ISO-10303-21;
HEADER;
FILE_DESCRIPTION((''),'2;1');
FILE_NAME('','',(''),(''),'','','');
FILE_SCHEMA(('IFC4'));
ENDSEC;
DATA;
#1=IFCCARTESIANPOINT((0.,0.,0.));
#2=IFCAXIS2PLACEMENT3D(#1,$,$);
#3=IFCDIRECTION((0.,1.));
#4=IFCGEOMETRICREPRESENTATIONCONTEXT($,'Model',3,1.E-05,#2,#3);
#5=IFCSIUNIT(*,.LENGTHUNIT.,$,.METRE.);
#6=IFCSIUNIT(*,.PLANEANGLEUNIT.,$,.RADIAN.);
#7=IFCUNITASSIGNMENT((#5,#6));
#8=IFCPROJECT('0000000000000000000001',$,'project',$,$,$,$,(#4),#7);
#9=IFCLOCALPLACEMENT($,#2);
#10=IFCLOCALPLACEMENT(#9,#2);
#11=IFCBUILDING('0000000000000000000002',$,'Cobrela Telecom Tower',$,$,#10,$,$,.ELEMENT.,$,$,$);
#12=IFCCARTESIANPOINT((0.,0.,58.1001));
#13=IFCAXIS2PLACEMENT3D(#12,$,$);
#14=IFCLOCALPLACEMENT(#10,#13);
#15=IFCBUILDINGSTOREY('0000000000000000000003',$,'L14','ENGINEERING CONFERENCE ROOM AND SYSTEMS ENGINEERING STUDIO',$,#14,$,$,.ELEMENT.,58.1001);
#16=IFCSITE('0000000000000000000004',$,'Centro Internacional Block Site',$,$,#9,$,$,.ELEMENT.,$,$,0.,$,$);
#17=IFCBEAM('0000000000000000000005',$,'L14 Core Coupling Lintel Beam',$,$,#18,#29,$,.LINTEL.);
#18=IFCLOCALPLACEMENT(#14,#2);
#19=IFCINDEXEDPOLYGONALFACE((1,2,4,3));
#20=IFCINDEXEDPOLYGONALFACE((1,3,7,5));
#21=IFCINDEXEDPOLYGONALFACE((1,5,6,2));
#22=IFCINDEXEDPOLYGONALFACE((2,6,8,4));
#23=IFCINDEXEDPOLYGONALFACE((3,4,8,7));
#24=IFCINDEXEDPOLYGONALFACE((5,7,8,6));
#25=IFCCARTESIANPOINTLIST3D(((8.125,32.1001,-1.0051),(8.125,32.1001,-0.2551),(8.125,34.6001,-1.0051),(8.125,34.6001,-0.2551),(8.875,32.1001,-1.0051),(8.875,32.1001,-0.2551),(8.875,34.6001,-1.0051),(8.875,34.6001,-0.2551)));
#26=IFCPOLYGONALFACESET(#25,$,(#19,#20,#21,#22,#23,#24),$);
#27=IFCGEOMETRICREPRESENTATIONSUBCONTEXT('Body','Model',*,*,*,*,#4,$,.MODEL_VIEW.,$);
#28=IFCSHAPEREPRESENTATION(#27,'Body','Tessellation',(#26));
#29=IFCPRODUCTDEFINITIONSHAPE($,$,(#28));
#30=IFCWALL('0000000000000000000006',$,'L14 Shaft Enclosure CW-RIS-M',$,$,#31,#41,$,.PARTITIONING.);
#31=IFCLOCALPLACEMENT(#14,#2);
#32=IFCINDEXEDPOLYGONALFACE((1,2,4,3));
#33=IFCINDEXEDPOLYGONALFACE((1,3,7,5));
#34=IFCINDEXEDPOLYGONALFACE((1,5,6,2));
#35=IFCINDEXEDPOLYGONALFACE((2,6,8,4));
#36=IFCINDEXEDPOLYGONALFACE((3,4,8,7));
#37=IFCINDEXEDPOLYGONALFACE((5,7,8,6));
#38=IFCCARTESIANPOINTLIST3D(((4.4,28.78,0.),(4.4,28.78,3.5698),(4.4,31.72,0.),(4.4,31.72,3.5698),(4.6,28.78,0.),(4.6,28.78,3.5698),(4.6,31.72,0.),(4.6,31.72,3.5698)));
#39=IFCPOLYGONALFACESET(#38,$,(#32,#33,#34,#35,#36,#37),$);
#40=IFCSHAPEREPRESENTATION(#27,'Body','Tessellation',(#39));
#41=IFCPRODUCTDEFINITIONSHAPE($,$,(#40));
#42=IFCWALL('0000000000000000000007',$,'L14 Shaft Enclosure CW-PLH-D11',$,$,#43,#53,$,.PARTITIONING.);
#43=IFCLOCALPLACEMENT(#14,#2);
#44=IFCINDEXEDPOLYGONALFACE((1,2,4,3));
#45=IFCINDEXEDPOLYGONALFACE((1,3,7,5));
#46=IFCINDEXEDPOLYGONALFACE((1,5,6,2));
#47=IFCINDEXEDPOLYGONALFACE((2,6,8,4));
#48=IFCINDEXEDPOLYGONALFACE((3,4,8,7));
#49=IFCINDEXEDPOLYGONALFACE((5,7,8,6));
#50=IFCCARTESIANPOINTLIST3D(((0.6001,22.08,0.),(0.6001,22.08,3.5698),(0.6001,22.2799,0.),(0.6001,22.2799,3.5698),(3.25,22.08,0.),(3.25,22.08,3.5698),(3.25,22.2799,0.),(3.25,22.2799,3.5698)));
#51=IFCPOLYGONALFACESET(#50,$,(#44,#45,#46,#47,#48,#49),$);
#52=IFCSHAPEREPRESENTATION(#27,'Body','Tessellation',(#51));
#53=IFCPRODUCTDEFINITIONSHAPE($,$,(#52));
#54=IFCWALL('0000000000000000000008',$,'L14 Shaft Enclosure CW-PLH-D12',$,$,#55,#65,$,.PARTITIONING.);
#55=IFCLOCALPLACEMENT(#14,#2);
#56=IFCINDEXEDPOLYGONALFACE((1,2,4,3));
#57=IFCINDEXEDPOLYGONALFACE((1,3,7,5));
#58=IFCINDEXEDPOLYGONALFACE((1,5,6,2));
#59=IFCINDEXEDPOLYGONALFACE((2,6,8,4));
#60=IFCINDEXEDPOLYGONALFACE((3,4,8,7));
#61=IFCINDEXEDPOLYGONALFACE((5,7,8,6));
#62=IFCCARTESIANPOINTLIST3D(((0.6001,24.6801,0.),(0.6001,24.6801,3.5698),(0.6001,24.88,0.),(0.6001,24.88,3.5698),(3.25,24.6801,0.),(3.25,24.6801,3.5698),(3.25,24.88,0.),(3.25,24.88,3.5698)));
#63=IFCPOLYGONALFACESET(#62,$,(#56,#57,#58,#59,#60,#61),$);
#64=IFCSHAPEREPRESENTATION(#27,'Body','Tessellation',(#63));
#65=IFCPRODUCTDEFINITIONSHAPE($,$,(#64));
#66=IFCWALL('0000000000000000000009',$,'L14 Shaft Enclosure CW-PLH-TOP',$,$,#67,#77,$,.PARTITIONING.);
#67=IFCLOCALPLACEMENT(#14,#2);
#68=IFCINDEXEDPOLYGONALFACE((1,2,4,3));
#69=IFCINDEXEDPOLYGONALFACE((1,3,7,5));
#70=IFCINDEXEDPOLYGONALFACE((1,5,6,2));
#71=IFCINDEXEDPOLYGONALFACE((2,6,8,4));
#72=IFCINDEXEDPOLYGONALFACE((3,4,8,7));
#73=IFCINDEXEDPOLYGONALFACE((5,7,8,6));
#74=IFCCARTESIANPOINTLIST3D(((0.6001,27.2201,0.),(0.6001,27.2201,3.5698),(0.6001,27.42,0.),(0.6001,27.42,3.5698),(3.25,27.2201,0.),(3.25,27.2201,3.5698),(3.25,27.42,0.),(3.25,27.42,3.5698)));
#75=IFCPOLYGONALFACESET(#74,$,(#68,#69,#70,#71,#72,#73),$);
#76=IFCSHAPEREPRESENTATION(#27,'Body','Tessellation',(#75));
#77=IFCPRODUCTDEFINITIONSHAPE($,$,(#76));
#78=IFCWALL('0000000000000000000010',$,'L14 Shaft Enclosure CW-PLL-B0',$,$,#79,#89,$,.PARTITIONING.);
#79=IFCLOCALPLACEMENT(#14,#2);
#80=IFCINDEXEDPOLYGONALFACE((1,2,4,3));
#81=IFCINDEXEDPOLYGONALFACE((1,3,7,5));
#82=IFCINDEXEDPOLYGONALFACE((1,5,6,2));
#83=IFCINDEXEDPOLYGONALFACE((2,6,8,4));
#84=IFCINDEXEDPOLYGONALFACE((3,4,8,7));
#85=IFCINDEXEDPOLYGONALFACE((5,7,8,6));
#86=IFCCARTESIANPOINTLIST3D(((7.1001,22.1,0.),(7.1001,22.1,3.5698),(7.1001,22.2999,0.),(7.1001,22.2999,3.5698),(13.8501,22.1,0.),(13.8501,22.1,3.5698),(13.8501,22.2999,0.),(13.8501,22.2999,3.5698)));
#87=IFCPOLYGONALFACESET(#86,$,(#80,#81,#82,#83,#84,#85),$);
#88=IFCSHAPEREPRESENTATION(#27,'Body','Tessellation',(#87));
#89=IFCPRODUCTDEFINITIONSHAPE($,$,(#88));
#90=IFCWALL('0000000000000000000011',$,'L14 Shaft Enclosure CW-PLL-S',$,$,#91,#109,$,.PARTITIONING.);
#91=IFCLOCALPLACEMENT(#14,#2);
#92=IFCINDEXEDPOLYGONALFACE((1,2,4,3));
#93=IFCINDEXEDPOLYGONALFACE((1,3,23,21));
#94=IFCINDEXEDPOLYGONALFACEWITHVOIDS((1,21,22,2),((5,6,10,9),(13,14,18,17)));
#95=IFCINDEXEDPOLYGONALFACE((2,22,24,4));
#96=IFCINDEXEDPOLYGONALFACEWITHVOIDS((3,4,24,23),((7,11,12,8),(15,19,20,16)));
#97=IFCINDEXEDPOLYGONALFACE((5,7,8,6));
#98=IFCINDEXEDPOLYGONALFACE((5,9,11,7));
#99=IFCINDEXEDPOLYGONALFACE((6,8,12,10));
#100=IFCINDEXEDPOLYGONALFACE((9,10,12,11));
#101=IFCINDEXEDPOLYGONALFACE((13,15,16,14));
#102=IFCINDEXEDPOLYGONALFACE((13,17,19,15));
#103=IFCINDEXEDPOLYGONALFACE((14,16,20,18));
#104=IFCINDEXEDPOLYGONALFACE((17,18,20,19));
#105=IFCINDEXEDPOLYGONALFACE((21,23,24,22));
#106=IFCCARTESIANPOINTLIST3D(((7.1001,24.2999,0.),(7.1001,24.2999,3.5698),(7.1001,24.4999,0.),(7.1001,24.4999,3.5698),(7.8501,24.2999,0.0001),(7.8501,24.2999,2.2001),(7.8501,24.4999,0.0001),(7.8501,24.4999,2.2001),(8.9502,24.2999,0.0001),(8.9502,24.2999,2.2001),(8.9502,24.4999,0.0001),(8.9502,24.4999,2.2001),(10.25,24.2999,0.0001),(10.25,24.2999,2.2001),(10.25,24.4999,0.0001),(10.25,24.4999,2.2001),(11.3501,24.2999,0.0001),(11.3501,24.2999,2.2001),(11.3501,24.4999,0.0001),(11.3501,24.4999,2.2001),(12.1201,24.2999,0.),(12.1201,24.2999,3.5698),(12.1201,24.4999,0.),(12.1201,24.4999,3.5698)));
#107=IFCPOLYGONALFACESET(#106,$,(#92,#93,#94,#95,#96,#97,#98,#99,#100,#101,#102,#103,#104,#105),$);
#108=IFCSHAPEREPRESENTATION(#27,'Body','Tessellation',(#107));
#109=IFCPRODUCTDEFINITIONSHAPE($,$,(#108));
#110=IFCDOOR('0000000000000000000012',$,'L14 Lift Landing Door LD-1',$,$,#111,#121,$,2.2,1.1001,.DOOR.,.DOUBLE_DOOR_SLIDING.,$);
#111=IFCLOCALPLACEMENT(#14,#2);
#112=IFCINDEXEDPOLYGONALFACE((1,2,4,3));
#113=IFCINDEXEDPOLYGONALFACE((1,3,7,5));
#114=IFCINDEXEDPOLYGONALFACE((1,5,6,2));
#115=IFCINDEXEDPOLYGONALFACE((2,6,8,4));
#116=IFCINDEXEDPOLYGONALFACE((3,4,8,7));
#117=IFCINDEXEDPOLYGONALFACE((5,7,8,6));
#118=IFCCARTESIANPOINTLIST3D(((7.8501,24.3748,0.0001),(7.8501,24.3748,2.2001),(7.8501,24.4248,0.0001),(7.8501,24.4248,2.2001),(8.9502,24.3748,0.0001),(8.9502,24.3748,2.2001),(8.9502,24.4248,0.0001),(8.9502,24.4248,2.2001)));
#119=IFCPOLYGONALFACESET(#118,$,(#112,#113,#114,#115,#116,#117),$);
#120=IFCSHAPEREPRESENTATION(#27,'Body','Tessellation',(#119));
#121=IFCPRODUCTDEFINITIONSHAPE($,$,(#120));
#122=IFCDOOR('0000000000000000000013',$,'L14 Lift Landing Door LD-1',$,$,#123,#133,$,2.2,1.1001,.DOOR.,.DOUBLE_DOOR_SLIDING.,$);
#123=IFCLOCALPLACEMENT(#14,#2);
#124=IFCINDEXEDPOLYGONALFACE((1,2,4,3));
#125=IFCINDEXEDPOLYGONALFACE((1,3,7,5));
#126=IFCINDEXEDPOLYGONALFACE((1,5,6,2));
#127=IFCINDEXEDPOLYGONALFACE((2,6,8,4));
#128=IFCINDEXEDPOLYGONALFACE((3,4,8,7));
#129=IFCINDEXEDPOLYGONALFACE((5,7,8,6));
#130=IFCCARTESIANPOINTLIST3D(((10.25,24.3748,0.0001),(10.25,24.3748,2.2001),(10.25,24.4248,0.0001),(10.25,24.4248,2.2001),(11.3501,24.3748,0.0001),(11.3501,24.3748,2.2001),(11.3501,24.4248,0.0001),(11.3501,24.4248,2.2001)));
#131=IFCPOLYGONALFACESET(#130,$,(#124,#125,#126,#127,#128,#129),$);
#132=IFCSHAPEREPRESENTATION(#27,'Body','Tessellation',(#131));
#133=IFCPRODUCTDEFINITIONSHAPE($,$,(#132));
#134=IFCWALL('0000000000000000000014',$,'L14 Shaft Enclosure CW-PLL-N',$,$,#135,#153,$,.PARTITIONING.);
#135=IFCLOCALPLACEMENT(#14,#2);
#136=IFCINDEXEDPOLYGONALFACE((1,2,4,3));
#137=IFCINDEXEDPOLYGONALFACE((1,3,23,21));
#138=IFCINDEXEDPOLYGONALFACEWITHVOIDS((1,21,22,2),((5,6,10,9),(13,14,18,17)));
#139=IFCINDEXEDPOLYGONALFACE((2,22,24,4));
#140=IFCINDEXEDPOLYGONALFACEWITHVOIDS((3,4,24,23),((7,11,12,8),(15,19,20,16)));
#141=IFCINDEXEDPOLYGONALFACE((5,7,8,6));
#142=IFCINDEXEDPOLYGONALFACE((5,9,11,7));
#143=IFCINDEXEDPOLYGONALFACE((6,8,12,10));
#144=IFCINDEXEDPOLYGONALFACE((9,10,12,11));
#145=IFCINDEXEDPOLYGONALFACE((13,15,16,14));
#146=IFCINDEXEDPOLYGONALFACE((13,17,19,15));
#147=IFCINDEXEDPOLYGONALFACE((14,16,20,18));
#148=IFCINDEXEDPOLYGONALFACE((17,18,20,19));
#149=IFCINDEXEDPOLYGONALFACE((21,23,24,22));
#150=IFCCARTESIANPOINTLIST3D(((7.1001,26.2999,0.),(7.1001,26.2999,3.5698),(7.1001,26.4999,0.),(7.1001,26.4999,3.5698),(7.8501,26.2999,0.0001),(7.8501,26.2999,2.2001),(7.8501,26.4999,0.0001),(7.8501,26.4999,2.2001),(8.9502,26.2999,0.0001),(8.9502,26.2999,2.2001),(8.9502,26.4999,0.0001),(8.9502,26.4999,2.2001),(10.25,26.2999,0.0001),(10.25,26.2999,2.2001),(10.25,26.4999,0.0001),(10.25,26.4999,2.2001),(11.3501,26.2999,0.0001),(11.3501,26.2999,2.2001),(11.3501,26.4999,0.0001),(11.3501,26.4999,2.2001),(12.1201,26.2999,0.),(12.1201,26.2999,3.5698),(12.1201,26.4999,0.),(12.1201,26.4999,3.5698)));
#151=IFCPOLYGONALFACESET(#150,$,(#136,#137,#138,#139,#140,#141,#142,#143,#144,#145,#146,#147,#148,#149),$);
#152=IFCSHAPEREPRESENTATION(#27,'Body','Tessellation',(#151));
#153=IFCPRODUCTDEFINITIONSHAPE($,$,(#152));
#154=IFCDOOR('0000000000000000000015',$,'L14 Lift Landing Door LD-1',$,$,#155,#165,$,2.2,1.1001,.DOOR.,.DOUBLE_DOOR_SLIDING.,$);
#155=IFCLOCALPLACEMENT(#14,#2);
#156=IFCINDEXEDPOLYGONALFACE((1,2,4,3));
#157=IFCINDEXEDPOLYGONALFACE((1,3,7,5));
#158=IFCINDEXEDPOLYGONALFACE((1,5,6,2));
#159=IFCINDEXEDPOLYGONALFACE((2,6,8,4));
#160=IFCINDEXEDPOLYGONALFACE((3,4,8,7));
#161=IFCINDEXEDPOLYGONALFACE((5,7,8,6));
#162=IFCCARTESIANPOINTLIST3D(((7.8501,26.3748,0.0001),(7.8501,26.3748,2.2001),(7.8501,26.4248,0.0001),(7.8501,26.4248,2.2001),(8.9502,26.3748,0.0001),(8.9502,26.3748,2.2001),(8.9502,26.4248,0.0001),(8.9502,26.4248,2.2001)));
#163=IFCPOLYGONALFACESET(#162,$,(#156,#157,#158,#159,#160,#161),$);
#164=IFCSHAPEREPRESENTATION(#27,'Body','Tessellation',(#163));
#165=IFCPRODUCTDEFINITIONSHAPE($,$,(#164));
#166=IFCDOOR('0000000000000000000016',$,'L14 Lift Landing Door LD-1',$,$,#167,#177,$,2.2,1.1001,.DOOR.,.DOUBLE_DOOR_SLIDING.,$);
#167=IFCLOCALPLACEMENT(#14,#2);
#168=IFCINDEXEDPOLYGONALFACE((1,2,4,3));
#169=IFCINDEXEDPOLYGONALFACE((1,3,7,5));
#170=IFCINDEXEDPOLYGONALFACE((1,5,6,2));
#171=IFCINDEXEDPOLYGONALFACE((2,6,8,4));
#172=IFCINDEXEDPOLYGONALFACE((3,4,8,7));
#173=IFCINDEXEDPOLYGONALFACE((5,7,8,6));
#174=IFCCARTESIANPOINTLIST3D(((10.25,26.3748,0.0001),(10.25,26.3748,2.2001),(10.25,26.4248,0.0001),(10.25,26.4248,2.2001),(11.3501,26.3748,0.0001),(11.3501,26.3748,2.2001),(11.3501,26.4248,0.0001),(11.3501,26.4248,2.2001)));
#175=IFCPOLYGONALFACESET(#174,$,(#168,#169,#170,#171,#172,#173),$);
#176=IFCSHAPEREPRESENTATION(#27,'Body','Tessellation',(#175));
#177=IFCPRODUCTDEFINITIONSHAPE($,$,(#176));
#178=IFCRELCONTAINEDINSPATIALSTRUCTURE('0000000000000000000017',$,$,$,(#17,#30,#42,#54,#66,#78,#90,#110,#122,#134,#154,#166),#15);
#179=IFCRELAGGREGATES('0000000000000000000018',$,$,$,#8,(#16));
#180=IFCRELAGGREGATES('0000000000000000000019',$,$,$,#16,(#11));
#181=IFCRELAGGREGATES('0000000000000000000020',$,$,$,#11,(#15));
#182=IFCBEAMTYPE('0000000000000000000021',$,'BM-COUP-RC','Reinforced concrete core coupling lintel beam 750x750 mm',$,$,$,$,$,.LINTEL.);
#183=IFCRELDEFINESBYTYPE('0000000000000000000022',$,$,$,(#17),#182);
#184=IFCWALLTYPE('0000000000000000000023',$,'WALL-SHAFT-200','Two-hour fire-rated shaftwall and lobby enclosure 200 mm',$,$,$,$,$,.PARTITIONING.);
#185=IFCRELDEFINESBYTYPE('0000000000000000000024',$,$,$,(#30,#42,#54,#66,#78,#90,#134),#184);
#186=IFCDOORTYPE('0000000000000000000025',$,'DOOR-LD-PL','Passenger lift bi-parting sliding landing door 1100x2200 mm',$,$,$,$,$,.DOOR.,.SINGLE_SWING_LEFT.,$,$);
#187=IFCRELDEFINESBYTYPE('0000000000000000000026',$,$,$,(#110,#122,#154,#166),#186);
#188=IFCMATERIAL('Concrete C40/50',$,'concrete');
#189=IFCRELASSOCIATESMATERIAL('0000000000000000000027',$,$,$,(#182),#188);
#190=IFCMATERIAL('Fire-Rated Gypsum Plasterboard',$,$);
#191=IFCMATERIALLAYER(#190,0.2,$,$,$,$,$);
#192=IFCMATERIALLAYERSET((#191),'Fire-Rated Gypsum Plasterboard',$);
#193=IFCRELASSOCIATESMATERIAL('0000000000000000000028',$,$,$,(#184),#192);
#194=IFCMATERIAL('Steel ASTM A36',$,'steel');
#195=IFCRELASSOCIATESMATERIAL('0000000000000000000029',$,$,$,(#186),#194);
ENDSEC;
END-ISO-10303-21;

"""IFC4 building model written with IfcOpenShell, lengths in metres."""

from ifc_helpers import new_model, si_unit, direction, frame, frame_2d, origin, origin_2d, place, context, subcontext, project, spatial, rectangle, extrude, material, layer, layer_set, material_profile, profile_set, type_object, element, fill, save


model = new_model("IFC4")

# Units and contexts
model_context = context("Model", 3, precision=1e-05, world=origin(), true_north=direction((0.0, 1.0)))
body_context = subcontext(model_context, "Body", "Model", "MODEL_VIEW")
ifc_project = project(units=[si_unit("LENGTHUNIT", "METRE"), si_unit("PLANEANGLEUNIT", "RADIAN")], contexts=[model_context])

# Site, building, storey
site_placement = place(None, origin())
site = spatial("IfcSite", under=ifc_project, at=site_placement, Name="Centro Internacional Block Site", CompositionType="ELEMENT", RefElevation=0.0)
building_placement = place(site_placement, origin())
building = spatial("IfcBuilding", under=site, at=building_placement, Name="Cobrela Telecom Tower", CompositionType="ELEMENT")
storey_placement = place(building_placement, frame((0.0, 0.0, 58.1001)))
storey = spatial("IfcBuildingStorey", under=building, at=storey_placement, Name="L14", Description="ENGINEERING CONFERENCE ROOM AND SYSTEMS ENGINEERING STUDIO", CompositionType="ELEMENT", Elevation=58.1001)

# Beam
ifc_material_1 = material(Name="Concrete C40/50", Category="concrete")
ifc_material_profile = material_profile(ifc_material_1, rectangle(XDim=0.75, YDim=0.75, at=origin_2d()), Name="RC 750x750")
ifc_profile_set = profile_set([ifc_material_profile], Name="Concrete C40/50")
beam_type = type_object("IfcBeamType", Name="BM-COUP-RC", Description="Reinforced concrete core coupling lintel beam 750x750 mm", PredefinedType="LINTEL", material=ifc_profile_set)
beam_placement = place(storey_placement, frame((8.5, 32.1001, -0.6301), z_axis=(0.0, 1.0, 0.0), x_axis=(-1.0, 0.0, 0.0)))
element("IfcBeam", 1, at=beam_placement, inside=storey, type_object=beam_type, Name="L14 Core Coupling Lintel Beam", PredefinedType="LINTEL", context=body_context, shape_type="SweptSolid", body=[
    extrude(rectangle(XDim=0.75, YDim=0.75, at=origin_2d()), origin(), (0.0, 0.0, 1.0), 2.5),
])

# Shared definitions
ifc_material_2 = material(Name="Fire-Rated Gypsum Plasterboard")
ifc_layer_1 = layer(ifc_material_2, 0.2)
ifc_layer_set_1 = layer_set([ifc_layer_1], Name="Fire-Rated Gypsum Plasterboard")
wall_type_1 = type_object("IfcWallType", Name="WALL-SHAFT-200", Description="Two-hour fire-rated shaftwall and lobby enclosure 200 mm", PredefinedType="PARTITIONING", material=ifc_layer_set_1)
ifc_material_3 = material(Name="Steel ASTM A36", Category="steel")

# Walls
wall_1_placement = place(storey_placement, frame((4.5, 28.78, 0.0), z_axis=(0.0, 0.0, 1.0), x_axis=(0.0, 1.0, 0.0)))
element("IfcWall", 2, at=wall_1_placement, inside=storey, type_object=wall_type_1, Name="L14 Shaft Enclosure CW-RIS-M", PredefinedType="PARTITIONING", context=body_context, shape_type="SweptSolid", body=[
    extrude(rectangle(XDim=2.9399, YDim=0.2, at=frame_2d((1.47, 0.0))), origin(), (0.0, 0.0, 1.0), 3.5698),
])
for number, where, z_axis, x_axis, name in (
    (3, (0.6001, 22.1799, 0.0), (0.0, 0.0, 1.0), (1.0, 0.0, 0.0), "L14 Shaft Enclosure CW-PLH-D11"),
    (4, (0.6001, 24.78, 0.0), (0.0, 0.0, 1.0), (1.0, 0.0, 0.0), "L14 Shaft Enclosure CW-PLH-D12"),
    (5, (0.6001, 27.3201, 0.0), (0.0, 0.0, 1.0), (1.0, 0.0, 0.0), "L14 Shaft Enclosure CW-PLH-TOP"),
):
    element("IfcWall", number, at=place(storey_placement, frame(where, z_axis=z_axis, x_axis=x_axis)), inside=storey, type_object=wall_type_1, Name=name, PredefinedType="PARTITIONING", context=body_context, shape_type="SweptSolid", body=[
        extrude(rectangle(XDim=2.6499, YDim=0.2, at=frame_2d((1.325, 0.0))), origin(), (0.0, 0.0, 1.0), 3.5698),
    ])
wall_2_placement = place(storey_placement, frame((7.1001, 22.2, 0.0), z_axis=(0.0, 0.0, 1.0), x_axis=(1.0, 0.0, 0.0)))
element("IfcWall", 6, at=wall_2_placement, inside=storey, type_object=wall_type_1, Name="L14 Shaft Enclosure CW-PLL-B0", PredefinedType="PARTITIONING", context=body_context, shape_type="SweptSolid", body=[
    extrude(rectangle(XDim=6.75, YDim=0.2, at=frame_2d((3.375, 0.0))), origin(), (0.0, 0.0, 1.0), 3.5698),
])

# Walls, openings, doors
wall_3_placement = place(storey_placement, frame((7.1001, 24.3999, 0.0), z_axis=(0.0, 0.0, 1.0), x_axis=(1.0, 0.0, 0.0)))
wall_3 = element("IfcWall", 7, at=wall_3_placement, inside=storey, type_object=wall_type_1, Name="L14 Shaft Enclosure CW-PLL-S", PredefinedType="PARTITIONING", context=body_context, shape_type="SweptSolid", body=[
    extrude(rectangle(XDim=5.02, YDim=0.2, at=frame_2d((2.51, 0.0))), origin(), (0.0, 0.0, 1.0), 3.5698),
])
opening_1_placement = place(wall_3_placement, frame((0.75, 0.0, 0.0)))
opening_1 = element("IfcOpeningElement", 8, at=opening_1_placement, cuts=wall_3, PredefinedType="OPENING", context=body_context, shape_type="SweptSolid", body=[
    extrude(rectangle(XDim=1.1001, YDim=2.2, at=frame_2d((0.55, 1.1001))), frame((0.0, 0.1118, 0.0), z_axis=(0.0, -1.0, 0.0), x_axis=(1.0, 0.0, 0.0)), (0.0, 0.0, 1.0), 0.2239),
])
opening_2_placement = place(wall_3_placement, frame((3.1499, 0.0, 0.0)))
opening_2 = element("IfcOpeningElement", 9, at=opening_2_placement, cuts=wall_3, PredefinedType="OPENING", context=body_context, shape_type="SweptSolid", body=[
    extrude(rectangle(XDim=1.1001, YDim=2.2, at=frame_2d((0.55, 1.1001))), frame((0.0, 0.1118, 0.0), z_axis=(0.0, -1.0, 0.0), x_axis=(1.0, 0.0, 0.0)), (0.0, 0.0, 1.0), 0.2239),
])
door_type_1 = type_object("IfcDoorType", Name="DOOR-LD-PL", Description="Passenger lift bi-parting sliding landing door 1100x2200 mm", OperationType="SINGLE_SWING_LEFT", PredefinedType="DOOR", material=ifc_material_3)
door_1_placement = place(opening_1_placement, origin())
door_1 = element("IfcDoor", 10, at=door_1_placement, inside=storey, type_object=door_type_1, Name="L14 Lift Landing Door LD-1", OperationType="DOUBLE_DOOR_SLIDING", OverallHeight=2.2, OverallWidth=1.1001, PredefinedType="DOOR", context=body_context, shape_type="SweptSolid", body=[
    extrude(rectangle(XDim=1.1001, YDim=2.2, at=frame_2d((0.55, 1.1001))), frame((0.0, 0.0249, 0.0), z_axis=(0.0, -1.0, 0.0), x_axis=(1.0, 0.0, 0.0)), (0.0, 0.0, 1.0), 0.05),
])
fill(opening_1, door_1)
door_2_placement = place(opening_2_placement, origin())
door_2 = element("IfcDoor", 11, at=door_2_placement, inside=storey, type_object=door_type_1, Name="L14 Lift Landing Door LD-1", OperationType="DOUBLE_DOOR_SLIDING", OverallHeight=2.2, OverallWidth=1.1001, PredefinedType="DOOR", context=body_context, shape_type="SweptSolid", body=[
    extrude(rectangle(XDim=1.1001, YDim=2.2, at=frame_2d((0.55, 1.1001))), frame((0.0, 0.0249, 0.0), z_axis=(0.0, -1.0, 0.0), x_axis=(1.0, 0.0, 0.0)), (0.0, 0.0, 1.0), 0.05),
])
fill(opening_2, door_2)
wall_4_placement = place(storey_placement, frame((7.1001, 26.3999, 0.0), z_axis=(0.0, 0.0, 1.0), x_axis=(1.0, 0.0, 0.0)))
wall_4 = element("IfcWall", 12, at=wall_4_placement, inside=storey, type_object=wall_type_1, Name="L14 Shaft Enclosure CW-PLL-N", PredefinedType="PARTITIONING", context=body_context, shape_type="SweptSolid", body=[
    extrude(rectangle(XDim=5.02, YDim=0.2, at=frame_2d((2.51, 0.0))), origin(), (0.0, 0.0, 1.0), 3.5698),
])
opening_3_placement = place(wall_4_placement, frame((0.75, 0.0, 0.0)))
opening_3 = element("IfcOpeningElement", 13, at=opening_3_placement, cuts=wall_4, PredefinedType="OPENING", context=body_context, shape_type="SweptSolid", body=[
    extrude(rectangle(XDim=1.1001, YDim=2.2, at=frame_2d((0.55, 1.1001))), frame((0.0, 0.1118, 0.0), z_axis=(0.0, -1.0, 0.0), x_axis=(1.0, 0.0, 0.0)), (0.0, 0.0, 1.0), 0.2239),
])
opening_4_placement = place(wall_4_placement, frame((3.1499, 0.0, 0.0)))
opening_4 = element("IfcOpeningElement", 14, at=opening_4_placement, cuts=wall_4, PredefinedType="OPENING", context=body_context, shape_type="SweptSolid", body=[
    extrude(rectangle(XDim=1.1001, YDim=2.2, at=frame_2d((0.55, 1.1001))), frame((0.0, 0.1118, 0.0), z_axis=(0.0, -1.0, 0.0), x_axis=(1.0, 0.0, 0.0)), (0.0, 0.0, 1.0), 0.2239),
])
door_3_placement = place(opening_3_placement, origin())
door_3 = element("IfcDoor", 15, at=door_3_placement, inside=storey, type_object=door_type_1, Name="L14 Lift Landing Door LD-1", OperationType="DOUBLE_DOOR_SLIDING", OverallHeight=2.2, OverallWidth=1.1001, PredefinedType="DOOR", context=body_context, shape_type="SweptSolid", body=[
    extrude(rectangle(XDim=1.1001, YDim=2.2, at=frame_2d((0.55, 1.1001))), frame((0.0, 0.0249, 0.0), z_axis=(0.0, -1.0, 0.0), x_axis=(1.0, 0.0, 0.0)), (0.0, 0.0, 1.0), 0.05),
])
fill(opening_3, door_3)
door_4_placement = place(opening_4_placement, origin())
door_4 = element("IfcDoor", 16, at=door_4_placement, inside=storey, type_object=door_type_1, Name="L14 Lift Landing Door LD-1", OperationType="DOUBLE_DOOR_SLIDING", OverallHeight=2.2, OverallWidth=1.1001, PredefinedType="DOOR", context=body_context, shape_type="SweptSolid", body=[
    extrude(rectangle(XDim=1.1001, YDim=2.2, at=frame_2d((0.55, 1.1001))), frame((0.0, 0.0249, 0.0), z_axis=(0.0, -1.0, 0.0), x_axis=(1.0, 0.0, 0.0)), (0.0, 0.0, 1.0), 0.05),
])
fill(opening_4, door_4)

save(model, "model.ifc")
